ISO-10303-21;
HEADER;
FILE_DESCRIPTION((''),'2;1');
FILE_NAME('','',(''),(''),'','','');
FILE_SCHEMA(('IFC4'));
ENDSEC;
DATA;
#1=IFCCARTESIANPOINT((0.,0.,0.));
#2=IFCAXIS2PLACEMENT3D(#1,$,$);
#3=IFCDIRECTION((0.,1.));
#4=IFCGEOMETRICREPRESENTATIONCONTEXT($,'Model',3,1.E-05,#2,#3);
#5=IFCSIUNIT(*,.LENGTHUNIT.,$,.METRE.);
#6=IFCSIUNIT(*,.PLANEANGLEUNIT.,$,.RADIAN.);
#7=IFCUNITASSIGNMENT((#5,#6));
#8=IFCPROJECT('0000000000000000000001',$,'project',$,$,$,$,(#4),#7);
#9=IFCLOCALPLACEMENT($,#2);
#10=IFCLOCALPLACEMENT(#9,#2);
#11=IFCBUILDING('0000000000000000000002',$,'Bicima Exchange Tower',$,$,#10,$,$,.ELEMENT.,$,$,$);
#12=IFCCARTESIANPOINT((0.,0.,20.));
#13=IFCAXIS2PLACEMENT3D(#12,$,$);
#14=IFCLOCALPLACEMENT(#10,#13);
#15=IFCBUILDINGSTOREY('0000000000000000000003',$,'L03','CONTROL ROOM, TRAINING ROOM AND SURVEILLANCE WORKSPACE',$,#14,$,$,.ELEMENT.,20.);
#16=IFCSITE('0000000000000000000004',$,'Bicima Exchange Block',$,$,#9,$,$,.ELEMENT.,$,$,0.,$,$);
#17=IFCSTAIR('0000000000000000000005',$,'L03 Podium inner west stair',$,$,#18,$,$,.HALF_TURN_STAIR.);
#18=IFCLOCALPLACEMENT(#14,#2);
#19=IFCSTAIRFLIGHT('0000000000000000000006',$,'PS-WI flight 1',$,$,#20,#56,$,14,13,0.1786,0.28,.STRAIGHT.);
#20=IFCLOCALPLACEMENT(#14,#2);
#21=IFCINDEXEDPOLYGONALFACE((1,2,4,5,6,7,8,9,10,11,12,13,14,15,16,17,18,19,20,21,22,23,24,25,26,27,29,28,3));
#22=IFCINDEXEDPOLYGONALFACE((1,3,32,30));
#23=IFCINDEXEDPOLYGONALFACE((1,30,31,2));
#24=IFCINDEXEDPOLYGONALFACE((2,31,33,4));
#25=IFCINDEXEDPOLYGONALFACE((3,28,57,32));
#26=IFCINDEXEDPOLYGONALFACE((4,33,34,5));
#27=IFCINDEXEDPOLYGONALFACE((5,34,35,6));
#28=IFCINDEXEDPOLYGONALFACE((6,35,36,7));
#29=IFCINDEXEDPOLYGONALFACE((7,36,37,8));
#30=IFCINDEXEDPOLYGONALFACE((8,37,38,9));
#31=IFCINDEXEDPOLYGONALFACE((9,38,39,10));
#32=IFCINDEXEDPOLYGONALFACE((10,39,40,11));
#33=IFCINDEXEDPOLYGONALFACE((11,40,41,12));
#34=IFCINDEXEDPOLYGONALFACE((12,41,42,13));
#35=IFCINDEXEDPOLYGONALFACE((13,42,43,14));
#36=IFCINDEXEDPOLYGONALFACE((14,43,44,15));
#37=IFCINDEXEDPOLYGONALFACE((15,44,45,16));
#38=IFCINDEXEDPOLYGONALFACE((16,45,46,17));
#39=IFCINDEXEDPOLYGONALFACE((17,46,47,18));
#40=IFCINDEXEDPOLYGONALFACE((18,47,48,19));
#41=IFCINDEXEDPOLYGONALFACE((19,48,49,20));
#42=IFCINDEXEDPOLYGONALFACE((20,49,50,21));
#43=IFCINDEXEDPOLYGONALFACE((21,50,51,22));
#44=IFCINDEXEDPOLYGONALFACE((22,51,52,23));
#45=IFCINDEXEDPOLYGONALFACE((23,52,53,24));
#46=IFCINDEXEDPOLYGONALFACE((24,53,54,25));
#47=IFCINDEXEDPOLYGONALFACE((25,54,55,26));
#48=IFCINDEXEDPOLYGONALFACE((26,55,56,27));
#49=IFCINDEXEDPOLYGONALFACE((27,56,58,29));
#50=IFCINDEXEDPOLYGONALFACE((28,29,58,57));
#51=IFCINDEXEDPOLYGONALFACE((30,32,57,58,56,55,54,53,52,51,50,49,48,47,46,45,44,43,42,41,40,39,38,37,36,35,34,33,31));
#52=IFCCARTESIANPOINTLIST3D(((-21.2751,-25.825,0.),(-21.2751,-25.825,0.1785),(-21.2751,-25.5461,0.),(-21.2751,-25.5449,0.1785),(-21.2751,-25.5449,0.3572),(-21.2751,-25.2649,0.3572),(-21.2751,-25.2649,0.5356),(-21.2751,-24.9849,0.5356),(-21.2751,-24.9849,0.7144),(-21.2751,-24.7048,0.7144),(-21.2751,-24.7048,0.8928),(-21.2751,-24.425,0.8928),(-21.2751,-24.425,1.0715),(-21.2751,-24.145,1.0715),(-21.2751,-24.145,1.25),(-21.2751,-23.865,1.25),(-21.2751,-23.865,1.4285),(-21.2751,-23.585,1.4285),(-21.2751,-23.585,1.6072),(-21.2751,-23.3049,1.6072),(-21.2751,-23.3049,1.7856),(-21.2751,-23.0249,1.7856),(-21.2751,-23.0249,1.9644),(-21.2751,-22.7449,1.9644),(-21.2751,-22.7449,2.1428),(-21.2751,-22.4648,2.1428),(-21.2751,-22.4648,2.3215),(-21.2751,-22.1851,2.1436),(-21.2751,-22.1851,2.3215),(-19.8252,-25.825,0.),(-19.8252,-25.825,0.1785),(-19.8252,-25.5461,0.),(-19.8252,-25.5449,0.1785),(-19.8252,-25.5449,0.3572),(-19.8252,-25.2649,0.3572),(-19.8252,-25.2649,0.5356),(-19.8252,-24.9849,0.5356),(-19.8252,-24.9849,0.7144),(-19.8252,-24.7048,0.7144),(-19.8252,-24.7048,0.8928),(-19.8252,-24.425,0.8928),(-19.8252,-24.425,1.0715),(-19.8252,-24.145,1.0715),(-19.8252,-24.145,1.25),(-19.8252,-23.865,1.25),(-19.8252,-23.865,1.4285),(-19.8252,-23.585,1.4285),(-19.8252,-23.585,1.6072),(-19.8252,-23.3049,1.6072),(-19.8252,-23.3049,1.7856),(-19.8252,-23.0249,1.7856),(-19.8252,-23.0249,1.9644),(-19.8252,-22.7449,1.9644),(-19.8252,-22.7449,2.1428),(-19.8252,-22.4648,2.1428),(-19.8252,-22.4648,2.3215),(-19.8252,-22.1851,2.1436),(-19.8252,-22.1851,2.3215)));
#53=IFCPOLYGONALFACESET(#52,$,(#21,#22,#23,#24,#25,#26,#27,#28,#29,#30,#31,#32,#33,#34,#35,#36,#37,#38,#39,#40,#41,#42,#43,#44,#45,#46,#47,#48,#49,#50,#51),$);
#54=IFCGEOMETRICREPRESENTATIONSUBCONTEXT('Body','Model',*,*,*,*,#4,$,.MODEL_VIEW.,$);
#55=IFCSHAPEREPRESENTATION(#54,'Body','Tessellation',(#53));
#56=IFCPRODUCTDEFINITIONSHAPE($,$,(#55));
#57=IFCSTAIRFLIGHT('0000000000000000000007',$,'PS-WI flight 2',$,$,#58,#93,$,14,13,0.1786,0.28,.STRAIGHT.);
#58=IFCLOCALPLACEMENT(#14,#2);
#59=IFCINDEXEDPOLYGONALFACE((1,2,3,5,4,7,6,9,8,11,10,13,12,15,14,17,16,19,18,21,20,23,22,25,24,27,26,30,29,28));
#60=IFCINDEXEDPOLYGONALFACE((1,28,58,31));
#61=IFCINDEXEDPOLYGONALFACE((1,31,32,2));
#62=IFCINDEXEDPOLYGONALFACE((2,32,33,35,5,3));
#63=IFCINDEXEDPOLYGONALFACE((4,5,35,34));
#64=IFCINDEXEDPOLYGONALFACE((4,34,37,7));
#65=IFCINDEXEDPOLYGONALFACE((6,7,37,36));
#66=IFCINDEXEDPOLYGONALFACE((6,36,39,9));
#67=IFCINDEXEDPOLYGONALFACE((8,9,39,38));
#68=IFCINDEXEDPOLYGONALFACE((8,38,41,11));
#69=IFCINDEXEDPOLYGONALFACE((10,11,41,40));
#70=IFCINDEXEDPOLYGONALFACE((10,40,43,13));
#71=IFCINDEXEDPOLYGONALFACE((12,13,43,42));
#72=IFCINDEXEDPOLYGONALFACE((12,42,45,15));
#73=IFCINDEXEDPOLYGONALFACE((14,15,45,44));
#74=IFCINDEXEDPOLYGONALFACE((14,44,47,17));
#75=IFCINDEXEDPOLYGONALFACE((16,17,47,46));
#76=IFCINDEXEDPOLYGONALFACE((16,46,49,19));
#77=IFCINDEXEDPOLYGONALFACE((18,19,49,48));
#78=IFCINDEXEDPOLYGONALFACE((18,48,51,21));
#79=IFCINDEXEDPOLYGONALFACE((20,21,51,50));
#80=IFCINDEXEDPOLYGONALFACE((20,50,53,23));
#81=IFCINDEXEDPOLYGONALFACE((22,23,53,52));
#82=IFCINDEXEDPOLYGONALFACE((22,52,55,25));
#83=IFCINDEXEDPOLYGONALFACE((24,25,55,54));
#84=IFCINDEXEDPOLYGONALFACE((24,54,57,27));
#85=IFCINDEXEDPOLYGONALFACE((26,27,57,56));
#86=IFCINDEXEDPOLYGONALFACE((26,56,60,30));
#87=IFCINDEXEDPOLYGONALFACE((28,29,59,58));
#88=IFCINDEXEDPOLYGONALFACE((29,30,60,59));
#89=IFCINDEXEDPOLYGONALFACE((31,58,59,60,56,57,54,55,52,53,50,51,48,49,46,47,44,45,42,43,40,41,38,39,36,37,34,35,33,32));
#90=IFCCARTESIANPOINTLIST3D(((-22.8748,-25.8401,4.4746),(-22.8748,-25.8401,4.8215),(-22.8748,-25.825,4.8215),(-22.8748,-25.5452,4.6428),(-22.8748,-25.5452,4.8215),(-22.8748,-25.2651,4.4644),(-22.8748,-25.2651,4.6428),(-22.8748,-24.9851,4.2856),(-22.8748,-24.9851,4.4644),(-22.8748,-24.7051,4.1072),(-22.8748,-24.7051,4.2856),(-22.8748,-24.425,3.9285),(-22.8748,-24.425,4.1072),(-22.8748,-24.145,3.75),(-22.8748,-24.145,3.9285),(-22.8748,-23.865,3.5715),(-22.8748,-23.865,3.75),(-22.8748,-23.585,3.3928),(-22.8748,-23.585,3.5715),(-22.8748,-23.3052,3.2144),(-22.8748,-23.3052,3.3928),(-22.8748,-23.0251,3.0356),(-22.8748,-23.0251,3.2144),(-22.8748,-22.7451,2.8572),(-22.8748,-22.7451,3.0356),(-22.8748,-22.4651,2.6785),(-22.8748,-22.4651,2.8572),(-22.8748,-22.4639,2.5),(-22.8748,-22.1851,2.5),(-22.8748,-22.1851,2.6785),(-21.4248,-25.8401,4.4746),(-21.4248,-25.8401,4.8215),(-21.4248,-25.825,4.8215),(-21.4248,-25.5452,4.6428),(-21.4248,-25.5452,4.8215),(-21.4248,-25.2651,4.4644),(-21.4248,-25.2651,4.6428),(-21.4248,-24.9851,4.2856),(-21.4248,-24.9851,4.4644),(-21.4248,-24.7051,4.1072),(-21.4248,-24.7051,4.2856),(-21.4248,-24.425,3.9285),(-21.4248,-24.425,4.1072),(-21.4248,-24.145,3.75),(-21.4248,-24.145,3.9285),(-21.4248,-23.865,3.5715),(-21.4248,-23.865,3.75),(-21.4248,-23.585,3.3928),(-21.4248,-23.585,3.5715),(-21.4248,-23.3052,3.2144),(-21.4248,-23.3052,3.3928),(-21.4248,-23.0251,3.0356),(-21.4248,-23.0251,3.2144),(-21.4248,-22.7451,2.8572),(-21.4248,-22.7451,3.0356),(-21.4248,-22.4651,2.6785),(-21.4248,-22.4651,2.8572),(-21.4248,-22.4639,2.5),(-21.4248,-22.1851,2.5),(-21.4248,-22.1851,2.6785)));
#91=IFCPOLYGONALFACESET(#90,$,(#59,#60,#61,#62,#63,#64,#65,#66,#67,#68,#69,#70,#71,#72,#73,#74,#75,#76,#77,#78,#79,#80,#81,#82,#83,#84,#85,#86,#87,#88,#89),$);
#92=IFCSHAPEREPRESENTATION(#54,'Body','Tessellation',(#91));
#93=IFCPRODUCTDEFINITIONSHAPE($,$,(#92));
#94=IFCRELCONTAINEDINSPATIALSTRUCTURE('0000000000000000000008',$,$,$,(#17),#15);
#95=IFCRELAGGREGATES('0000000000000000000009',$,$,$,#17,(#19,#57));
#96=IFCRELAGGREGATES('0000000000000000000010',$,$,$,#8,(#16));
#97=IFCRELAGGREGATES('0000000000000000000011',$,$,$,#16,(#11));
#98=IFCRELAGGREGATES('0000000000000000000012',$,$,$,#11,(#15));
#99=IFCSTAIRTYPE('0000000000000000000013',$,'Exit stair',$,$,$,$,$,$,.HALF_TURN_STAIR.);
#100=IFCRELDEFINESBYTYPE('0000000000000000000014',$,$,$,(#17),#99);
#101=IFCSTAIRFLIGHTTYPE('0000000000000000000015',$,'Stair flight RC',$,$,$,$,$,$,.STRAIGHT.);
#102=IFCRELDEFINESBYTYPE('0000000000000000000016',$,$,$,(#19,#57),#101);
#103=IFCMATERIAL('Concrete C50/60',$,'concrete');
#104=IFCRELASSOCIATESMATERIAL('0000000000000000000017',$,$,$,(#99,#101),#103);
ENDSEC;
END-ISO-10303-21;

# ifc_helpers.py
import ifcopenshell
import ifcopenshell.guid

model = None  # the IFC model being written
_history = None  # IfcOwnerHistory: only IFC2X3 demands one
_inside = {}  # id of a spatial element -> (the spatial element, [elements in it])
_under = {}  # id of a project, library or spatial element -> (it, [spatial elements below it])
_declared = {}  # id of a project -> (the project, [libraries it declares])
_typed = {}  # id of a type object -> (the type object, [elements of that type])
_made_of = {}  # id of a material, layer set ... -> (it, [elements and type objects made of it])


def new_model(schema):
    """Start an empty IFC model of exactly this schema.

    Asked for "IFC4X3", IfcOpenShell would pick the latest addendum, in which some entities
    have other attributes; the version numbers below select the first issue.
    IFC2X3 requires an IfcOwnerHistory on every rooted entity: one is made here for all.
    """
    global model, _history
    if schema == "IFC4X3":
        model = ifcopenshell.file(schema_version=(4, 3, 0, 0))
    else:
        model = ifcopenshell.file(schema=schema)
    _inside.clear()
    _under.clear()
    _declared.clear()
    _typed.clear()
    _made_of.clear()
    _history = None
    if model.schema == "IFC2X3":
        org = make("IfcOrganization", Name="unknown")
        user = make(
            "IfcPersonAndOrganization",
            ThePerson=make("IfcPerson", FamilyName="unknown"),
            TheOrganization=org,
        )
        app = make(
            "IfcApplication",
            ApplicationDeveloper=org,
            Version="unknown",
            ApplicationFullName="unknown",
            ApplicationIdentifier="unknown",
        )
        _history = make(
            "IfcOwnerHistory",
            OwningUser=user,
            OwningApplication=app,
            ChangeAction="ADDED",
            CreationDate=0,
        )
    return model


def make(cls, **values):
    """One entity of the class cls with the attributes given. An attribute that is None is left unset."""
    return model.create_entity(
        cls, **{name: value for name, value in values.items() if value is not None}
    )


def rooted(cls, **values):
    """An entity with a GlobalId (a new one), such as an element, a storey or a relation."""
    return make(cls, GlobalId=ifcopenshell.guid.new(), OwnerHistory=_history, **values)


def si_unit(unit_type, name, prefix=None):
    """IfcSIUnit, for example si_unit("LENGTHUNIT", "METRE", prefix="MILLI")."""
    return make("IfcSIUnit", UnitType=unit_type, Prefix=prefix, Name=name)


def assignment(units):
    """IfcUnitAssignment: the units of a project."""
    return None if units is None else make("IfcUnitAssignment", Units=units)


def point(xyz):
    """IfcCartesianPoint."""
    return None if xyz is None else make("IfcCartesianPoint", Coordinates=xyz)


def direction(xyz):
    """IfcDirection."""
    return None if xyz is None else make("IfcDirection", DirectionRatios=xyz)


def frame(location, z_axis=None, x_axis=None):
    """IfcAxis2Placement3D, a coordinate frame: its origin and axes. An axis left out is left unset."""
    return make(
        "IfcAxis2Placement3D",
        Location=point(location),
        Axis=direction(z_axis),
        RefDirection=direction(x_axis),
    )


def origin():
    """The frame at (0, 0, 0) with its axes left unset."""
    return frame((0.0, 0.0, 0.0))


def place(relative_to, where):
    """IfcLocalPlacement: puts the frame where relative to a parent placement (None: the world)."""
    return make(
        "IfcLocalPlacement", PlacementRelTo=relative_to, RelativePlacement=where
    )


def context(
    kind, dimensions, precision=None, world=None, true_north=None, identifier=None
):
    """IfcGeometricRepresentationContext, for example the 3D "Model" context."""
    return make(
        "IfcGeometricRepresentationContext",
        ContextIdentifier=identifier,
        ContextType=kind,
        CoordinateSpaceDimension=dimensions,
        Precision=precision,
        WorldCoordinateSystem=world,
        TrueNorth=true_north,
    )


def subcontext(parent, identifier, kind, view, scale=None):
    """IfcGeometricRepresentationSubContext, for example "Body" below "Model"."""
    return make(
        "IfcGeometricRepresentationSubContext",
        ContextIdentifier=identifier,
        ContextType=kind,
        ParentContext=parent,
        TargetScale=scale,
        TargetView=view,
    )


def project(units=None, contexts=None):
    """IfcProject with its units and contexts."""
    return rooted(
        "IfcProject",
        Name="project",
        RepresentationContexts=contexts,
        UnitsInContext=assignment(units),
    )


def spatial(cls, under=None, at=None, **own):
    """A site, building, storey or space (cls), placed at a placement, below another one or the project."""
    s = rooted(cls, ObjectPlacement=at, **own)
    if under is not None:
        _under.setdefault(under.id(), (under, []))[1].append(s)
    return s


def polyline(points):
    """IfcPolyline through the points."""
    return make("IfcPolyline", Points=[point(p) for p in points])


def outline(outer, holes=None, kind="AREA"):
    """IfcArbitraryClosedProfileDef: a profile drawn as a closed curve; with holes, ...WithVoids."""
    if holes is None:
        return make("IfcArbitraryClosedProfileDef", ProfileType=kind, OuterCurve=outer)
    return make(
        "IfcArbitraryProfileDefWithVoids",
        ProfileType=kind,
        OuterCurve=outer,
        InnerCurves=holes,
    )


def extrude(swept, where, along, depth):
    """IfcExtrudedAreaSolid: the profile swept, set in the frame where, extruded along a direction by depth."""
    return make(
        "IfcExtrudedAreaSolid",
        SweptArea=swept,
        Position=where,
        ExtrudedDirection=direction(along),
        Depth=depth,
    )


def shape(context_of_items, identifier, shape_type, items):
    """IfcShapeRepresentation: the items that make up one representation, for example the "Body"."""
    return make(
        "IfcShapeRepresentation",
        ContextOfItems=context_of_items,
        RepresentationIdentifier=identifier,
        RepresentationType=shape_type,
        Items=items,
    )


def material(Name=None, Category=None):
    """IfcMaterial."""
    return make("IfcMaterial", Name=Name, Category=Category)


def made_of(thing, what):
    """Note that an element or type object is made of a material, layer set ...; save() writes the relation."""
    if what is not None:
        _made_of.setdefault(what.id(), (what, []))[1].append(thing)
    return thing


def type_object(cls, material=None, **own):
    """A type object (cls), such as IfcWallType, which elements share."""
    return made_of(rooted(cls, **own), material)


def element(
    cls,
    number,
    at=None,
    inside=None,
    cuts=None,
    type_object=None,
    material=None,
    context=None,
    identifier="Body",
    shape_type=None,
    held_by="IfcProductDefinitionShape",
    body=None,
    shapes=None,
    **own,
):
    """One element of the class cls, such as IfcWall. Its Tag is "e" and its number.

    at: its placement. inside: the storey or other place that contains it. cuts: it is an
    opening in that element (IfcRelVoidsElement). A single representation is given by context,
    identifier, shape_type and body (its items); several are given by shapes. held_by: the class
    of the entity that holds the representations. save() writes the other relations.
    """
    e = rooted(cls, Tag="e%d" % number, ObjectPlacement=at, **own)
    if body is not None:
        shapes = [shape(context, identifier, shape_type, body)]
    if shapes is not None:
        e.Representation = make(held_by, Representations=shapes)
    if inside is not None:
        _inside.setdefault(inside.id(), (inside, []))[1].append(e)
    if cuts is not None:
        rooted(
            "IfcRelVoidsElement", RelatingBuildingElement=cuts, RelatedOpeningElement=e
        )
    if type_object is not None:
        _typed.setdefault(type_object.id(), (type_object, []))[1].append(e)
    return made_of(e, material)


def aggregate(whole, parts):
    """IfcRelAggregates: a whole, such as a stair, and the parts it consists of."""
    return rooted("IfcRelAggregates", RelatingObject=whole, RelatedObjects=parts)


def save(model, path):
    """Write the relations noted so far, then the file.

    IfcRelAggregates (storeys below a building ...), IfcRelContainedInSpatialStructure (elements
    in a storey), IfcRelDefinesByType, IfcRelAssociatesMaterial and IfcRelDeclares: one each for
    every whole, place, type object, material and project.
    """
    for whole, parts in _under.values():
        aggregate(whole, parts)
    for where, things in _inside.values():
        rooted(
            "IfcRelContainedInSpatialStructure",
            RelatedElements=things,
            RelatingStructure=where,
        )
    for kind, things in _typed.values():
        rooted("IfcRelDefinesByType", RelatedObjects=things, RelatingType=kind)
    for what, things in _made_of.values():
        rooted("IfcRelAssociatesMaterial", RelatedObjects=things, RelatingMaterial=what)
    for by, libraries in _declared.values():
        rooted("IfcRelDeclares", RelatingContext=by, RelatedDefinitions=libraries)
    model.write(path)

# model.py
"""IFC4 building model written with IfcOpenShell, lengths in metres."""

from ifc_helpers import new_model, si_unit, direction, frame, origin, place, context, subcontext, project, spatial, polyline, outline, extrude, material, type_object, element, aggregate, save


model = new_model("IFC4")

# Units and contexts
model_context = context("Model", 3, precision=1e-05, world=origin(), true_north=direction((0.0, 1.0)))
body_context = subcontext(model_context, "Body", "Model", "MODEL_VIEW")
ifc_project = project(units=[si_unit("LENGTHUNIT", "METRE"), si_unit("PLANEANGLEUNIT", "RADIAN")], contexts=[model_context])

# Site, building, storey
site_placement = place(None, origin())
site = spatial("IfcSite", under=ifc_project, at=site_placement, Name="Bicima Exchange Block", CompositionType="ELEMENT", RefElevation=0.0)
building_placement = place(site_placement, origin())
building = spatial("IfcBuilding", under=site, at=building_placement, Name="Bicima Exchange Tower", CompositionType="ELEMENT")
storey_placement = place(building_placement, frame((0.0, 0.0, 20.0)))
storey = spatial("IfcBuildingStorey", under=building, at=storey_placement, Name="L03", Description="CONTROL ROOM, TRAINING ROOM AND SURVEILLANCE WORKSPACE", CompositionType="ELEMENT", Elevation=20.0)

# Shared definitions
ifc_material_1 = material(Name="Concrete C50/60", Category="concrete")

# Stair, stair flights
stair_type = type_object("IfcStairType", Name="Exit stair", PredefinedType="HALF_TURN_STAIR", material=ifc_material_1)
stair_placement = place(storey_placement, origin())
stair = element("IfcStair", 1, at=stair_placement, inside=storey, type_object=stair_type, Name="L03 Podium inner west stair", PredefinedType="HALF_TURN_STAIR")
stair_flight_type = type_object("IfcStairFlightType", Name="Stair flight RC", PredefinedType="STRAIGHT", material=ifc_material_1)
stair_flight_1_placement = place(storey_placement, frame((-20.55, -25.825, 0.0), z_axis=(0.0, 0.0, 1.0), x_axis=(0.0, 1.0, 0.0)))
stair_flight_1 = element("IfcStairFlight", 2, at=stair_flight_1_placement, type_object=stair_flight_type, Name="PS-WI flight 1", NumberOfRisers=14, NumberOfTreads=13, PredefinedType="STRAIGHT", RiserHeight=0.1786, TreadLength=0.28, context=body_context, shape_type="SweptSolid", body=[
    extrude(outline(polyline([(0.0, 0.0), (0.0, 0.1785), (0.28, 0.1785), (0.28, 0.3572), (0.5601, 0.3572), (0.5601, 0.5356), (0.8401, 0.5356), (0.8401, 0.7144), (1.1201, 0.7144), (1.1201, 0.8928), (1.3999, 0.8928), (1.3999, 1.0715), (1.6799, 1.0715), (1.6799, 1.25), (1.96, 1.25), (1.96, 1.4285), (2.24, 1.4285), (2.24, 1.6072), (2.52, 1.6072), (2.52, 1.7856), (2.8, 1.7856), (2.8, 1.9644), (3.0801, 1.9644), (3.0801, 2.1428), (3.3601, 2.1428), (3.3601, 2.3215), (3.6399, 2.3215), (3.6399, 2.5), (3.6399, 2.1436), (0.2788, 0.0), (0.0, 0.0)])), frame((0.0, 0.7251, 0.0), z_axis=(0.0, -1.0, 0.0), x_axis=(1.0, 0.0, 0.0)), (0.0, 0.0, 1.0), 1.45),
])
stair_flight_2_placement = place(storey_placement, frame((-22.1499, -22.1851, 2.5), z_axis=(0.0, 0.0, 1.0), x_axis=(0.0, -1.0, 0.0)))
stair_flight_2 = element("IfcStairFlight", 3, at=stair_flight_2_placement, type_object=stair_flight_type, Name="PS-WI flight 2", NumberOfRisers=14, NumberOfTreads=13, PredefinedType="STRAIGHT", RiserHeight=0.1786, TreadLength=0.28, context=body_context, shape_type="SweptSolid", body=[
    extrude(outline(polyline([(0.0, 0.0), (0.0, 0.1785), (0.28, 0.1785), (0.28, 0.3572), (0.5601, 0.3572), (0.5601, 0.5356), (0.8401, 0.5356), (0.8401, 0.7144), (1.1201, 0.7144), (1.1201, 0.8928), (1.3999, 0.8928), (1.3999, 1.0715), (1.6799, 1.0715), (1.6799, 1.25), (1.96, 1.25), (1.96, 1.4285), (2.24, 1.4285), (2.24, 1.6072), (2.52, 1.6072), (2.52, 1.7856), (2.8, 1.7856), (2.8, 1.9644), (3.0801, 1.9644), (3.0801, 2.1428), (3.3601, 2.1428), (3.3601, 2.3215), (3.6399, 2.3215), (3.655, 2.3215), (3.655, 1.9746), (0.2788, 0.0), (0.0, 0.0)])), frame((0.0, 0.7251, 0.0), z_axis=(0.0, -1.0, 0.0), x_axis=(1.0, 0.0, 0.0)), (0.0, 0.0, 1.0), 1.45),
])
aggregate(stair, [stair_flight_1, stair_flight_2])

save(model, "model.ifc")
